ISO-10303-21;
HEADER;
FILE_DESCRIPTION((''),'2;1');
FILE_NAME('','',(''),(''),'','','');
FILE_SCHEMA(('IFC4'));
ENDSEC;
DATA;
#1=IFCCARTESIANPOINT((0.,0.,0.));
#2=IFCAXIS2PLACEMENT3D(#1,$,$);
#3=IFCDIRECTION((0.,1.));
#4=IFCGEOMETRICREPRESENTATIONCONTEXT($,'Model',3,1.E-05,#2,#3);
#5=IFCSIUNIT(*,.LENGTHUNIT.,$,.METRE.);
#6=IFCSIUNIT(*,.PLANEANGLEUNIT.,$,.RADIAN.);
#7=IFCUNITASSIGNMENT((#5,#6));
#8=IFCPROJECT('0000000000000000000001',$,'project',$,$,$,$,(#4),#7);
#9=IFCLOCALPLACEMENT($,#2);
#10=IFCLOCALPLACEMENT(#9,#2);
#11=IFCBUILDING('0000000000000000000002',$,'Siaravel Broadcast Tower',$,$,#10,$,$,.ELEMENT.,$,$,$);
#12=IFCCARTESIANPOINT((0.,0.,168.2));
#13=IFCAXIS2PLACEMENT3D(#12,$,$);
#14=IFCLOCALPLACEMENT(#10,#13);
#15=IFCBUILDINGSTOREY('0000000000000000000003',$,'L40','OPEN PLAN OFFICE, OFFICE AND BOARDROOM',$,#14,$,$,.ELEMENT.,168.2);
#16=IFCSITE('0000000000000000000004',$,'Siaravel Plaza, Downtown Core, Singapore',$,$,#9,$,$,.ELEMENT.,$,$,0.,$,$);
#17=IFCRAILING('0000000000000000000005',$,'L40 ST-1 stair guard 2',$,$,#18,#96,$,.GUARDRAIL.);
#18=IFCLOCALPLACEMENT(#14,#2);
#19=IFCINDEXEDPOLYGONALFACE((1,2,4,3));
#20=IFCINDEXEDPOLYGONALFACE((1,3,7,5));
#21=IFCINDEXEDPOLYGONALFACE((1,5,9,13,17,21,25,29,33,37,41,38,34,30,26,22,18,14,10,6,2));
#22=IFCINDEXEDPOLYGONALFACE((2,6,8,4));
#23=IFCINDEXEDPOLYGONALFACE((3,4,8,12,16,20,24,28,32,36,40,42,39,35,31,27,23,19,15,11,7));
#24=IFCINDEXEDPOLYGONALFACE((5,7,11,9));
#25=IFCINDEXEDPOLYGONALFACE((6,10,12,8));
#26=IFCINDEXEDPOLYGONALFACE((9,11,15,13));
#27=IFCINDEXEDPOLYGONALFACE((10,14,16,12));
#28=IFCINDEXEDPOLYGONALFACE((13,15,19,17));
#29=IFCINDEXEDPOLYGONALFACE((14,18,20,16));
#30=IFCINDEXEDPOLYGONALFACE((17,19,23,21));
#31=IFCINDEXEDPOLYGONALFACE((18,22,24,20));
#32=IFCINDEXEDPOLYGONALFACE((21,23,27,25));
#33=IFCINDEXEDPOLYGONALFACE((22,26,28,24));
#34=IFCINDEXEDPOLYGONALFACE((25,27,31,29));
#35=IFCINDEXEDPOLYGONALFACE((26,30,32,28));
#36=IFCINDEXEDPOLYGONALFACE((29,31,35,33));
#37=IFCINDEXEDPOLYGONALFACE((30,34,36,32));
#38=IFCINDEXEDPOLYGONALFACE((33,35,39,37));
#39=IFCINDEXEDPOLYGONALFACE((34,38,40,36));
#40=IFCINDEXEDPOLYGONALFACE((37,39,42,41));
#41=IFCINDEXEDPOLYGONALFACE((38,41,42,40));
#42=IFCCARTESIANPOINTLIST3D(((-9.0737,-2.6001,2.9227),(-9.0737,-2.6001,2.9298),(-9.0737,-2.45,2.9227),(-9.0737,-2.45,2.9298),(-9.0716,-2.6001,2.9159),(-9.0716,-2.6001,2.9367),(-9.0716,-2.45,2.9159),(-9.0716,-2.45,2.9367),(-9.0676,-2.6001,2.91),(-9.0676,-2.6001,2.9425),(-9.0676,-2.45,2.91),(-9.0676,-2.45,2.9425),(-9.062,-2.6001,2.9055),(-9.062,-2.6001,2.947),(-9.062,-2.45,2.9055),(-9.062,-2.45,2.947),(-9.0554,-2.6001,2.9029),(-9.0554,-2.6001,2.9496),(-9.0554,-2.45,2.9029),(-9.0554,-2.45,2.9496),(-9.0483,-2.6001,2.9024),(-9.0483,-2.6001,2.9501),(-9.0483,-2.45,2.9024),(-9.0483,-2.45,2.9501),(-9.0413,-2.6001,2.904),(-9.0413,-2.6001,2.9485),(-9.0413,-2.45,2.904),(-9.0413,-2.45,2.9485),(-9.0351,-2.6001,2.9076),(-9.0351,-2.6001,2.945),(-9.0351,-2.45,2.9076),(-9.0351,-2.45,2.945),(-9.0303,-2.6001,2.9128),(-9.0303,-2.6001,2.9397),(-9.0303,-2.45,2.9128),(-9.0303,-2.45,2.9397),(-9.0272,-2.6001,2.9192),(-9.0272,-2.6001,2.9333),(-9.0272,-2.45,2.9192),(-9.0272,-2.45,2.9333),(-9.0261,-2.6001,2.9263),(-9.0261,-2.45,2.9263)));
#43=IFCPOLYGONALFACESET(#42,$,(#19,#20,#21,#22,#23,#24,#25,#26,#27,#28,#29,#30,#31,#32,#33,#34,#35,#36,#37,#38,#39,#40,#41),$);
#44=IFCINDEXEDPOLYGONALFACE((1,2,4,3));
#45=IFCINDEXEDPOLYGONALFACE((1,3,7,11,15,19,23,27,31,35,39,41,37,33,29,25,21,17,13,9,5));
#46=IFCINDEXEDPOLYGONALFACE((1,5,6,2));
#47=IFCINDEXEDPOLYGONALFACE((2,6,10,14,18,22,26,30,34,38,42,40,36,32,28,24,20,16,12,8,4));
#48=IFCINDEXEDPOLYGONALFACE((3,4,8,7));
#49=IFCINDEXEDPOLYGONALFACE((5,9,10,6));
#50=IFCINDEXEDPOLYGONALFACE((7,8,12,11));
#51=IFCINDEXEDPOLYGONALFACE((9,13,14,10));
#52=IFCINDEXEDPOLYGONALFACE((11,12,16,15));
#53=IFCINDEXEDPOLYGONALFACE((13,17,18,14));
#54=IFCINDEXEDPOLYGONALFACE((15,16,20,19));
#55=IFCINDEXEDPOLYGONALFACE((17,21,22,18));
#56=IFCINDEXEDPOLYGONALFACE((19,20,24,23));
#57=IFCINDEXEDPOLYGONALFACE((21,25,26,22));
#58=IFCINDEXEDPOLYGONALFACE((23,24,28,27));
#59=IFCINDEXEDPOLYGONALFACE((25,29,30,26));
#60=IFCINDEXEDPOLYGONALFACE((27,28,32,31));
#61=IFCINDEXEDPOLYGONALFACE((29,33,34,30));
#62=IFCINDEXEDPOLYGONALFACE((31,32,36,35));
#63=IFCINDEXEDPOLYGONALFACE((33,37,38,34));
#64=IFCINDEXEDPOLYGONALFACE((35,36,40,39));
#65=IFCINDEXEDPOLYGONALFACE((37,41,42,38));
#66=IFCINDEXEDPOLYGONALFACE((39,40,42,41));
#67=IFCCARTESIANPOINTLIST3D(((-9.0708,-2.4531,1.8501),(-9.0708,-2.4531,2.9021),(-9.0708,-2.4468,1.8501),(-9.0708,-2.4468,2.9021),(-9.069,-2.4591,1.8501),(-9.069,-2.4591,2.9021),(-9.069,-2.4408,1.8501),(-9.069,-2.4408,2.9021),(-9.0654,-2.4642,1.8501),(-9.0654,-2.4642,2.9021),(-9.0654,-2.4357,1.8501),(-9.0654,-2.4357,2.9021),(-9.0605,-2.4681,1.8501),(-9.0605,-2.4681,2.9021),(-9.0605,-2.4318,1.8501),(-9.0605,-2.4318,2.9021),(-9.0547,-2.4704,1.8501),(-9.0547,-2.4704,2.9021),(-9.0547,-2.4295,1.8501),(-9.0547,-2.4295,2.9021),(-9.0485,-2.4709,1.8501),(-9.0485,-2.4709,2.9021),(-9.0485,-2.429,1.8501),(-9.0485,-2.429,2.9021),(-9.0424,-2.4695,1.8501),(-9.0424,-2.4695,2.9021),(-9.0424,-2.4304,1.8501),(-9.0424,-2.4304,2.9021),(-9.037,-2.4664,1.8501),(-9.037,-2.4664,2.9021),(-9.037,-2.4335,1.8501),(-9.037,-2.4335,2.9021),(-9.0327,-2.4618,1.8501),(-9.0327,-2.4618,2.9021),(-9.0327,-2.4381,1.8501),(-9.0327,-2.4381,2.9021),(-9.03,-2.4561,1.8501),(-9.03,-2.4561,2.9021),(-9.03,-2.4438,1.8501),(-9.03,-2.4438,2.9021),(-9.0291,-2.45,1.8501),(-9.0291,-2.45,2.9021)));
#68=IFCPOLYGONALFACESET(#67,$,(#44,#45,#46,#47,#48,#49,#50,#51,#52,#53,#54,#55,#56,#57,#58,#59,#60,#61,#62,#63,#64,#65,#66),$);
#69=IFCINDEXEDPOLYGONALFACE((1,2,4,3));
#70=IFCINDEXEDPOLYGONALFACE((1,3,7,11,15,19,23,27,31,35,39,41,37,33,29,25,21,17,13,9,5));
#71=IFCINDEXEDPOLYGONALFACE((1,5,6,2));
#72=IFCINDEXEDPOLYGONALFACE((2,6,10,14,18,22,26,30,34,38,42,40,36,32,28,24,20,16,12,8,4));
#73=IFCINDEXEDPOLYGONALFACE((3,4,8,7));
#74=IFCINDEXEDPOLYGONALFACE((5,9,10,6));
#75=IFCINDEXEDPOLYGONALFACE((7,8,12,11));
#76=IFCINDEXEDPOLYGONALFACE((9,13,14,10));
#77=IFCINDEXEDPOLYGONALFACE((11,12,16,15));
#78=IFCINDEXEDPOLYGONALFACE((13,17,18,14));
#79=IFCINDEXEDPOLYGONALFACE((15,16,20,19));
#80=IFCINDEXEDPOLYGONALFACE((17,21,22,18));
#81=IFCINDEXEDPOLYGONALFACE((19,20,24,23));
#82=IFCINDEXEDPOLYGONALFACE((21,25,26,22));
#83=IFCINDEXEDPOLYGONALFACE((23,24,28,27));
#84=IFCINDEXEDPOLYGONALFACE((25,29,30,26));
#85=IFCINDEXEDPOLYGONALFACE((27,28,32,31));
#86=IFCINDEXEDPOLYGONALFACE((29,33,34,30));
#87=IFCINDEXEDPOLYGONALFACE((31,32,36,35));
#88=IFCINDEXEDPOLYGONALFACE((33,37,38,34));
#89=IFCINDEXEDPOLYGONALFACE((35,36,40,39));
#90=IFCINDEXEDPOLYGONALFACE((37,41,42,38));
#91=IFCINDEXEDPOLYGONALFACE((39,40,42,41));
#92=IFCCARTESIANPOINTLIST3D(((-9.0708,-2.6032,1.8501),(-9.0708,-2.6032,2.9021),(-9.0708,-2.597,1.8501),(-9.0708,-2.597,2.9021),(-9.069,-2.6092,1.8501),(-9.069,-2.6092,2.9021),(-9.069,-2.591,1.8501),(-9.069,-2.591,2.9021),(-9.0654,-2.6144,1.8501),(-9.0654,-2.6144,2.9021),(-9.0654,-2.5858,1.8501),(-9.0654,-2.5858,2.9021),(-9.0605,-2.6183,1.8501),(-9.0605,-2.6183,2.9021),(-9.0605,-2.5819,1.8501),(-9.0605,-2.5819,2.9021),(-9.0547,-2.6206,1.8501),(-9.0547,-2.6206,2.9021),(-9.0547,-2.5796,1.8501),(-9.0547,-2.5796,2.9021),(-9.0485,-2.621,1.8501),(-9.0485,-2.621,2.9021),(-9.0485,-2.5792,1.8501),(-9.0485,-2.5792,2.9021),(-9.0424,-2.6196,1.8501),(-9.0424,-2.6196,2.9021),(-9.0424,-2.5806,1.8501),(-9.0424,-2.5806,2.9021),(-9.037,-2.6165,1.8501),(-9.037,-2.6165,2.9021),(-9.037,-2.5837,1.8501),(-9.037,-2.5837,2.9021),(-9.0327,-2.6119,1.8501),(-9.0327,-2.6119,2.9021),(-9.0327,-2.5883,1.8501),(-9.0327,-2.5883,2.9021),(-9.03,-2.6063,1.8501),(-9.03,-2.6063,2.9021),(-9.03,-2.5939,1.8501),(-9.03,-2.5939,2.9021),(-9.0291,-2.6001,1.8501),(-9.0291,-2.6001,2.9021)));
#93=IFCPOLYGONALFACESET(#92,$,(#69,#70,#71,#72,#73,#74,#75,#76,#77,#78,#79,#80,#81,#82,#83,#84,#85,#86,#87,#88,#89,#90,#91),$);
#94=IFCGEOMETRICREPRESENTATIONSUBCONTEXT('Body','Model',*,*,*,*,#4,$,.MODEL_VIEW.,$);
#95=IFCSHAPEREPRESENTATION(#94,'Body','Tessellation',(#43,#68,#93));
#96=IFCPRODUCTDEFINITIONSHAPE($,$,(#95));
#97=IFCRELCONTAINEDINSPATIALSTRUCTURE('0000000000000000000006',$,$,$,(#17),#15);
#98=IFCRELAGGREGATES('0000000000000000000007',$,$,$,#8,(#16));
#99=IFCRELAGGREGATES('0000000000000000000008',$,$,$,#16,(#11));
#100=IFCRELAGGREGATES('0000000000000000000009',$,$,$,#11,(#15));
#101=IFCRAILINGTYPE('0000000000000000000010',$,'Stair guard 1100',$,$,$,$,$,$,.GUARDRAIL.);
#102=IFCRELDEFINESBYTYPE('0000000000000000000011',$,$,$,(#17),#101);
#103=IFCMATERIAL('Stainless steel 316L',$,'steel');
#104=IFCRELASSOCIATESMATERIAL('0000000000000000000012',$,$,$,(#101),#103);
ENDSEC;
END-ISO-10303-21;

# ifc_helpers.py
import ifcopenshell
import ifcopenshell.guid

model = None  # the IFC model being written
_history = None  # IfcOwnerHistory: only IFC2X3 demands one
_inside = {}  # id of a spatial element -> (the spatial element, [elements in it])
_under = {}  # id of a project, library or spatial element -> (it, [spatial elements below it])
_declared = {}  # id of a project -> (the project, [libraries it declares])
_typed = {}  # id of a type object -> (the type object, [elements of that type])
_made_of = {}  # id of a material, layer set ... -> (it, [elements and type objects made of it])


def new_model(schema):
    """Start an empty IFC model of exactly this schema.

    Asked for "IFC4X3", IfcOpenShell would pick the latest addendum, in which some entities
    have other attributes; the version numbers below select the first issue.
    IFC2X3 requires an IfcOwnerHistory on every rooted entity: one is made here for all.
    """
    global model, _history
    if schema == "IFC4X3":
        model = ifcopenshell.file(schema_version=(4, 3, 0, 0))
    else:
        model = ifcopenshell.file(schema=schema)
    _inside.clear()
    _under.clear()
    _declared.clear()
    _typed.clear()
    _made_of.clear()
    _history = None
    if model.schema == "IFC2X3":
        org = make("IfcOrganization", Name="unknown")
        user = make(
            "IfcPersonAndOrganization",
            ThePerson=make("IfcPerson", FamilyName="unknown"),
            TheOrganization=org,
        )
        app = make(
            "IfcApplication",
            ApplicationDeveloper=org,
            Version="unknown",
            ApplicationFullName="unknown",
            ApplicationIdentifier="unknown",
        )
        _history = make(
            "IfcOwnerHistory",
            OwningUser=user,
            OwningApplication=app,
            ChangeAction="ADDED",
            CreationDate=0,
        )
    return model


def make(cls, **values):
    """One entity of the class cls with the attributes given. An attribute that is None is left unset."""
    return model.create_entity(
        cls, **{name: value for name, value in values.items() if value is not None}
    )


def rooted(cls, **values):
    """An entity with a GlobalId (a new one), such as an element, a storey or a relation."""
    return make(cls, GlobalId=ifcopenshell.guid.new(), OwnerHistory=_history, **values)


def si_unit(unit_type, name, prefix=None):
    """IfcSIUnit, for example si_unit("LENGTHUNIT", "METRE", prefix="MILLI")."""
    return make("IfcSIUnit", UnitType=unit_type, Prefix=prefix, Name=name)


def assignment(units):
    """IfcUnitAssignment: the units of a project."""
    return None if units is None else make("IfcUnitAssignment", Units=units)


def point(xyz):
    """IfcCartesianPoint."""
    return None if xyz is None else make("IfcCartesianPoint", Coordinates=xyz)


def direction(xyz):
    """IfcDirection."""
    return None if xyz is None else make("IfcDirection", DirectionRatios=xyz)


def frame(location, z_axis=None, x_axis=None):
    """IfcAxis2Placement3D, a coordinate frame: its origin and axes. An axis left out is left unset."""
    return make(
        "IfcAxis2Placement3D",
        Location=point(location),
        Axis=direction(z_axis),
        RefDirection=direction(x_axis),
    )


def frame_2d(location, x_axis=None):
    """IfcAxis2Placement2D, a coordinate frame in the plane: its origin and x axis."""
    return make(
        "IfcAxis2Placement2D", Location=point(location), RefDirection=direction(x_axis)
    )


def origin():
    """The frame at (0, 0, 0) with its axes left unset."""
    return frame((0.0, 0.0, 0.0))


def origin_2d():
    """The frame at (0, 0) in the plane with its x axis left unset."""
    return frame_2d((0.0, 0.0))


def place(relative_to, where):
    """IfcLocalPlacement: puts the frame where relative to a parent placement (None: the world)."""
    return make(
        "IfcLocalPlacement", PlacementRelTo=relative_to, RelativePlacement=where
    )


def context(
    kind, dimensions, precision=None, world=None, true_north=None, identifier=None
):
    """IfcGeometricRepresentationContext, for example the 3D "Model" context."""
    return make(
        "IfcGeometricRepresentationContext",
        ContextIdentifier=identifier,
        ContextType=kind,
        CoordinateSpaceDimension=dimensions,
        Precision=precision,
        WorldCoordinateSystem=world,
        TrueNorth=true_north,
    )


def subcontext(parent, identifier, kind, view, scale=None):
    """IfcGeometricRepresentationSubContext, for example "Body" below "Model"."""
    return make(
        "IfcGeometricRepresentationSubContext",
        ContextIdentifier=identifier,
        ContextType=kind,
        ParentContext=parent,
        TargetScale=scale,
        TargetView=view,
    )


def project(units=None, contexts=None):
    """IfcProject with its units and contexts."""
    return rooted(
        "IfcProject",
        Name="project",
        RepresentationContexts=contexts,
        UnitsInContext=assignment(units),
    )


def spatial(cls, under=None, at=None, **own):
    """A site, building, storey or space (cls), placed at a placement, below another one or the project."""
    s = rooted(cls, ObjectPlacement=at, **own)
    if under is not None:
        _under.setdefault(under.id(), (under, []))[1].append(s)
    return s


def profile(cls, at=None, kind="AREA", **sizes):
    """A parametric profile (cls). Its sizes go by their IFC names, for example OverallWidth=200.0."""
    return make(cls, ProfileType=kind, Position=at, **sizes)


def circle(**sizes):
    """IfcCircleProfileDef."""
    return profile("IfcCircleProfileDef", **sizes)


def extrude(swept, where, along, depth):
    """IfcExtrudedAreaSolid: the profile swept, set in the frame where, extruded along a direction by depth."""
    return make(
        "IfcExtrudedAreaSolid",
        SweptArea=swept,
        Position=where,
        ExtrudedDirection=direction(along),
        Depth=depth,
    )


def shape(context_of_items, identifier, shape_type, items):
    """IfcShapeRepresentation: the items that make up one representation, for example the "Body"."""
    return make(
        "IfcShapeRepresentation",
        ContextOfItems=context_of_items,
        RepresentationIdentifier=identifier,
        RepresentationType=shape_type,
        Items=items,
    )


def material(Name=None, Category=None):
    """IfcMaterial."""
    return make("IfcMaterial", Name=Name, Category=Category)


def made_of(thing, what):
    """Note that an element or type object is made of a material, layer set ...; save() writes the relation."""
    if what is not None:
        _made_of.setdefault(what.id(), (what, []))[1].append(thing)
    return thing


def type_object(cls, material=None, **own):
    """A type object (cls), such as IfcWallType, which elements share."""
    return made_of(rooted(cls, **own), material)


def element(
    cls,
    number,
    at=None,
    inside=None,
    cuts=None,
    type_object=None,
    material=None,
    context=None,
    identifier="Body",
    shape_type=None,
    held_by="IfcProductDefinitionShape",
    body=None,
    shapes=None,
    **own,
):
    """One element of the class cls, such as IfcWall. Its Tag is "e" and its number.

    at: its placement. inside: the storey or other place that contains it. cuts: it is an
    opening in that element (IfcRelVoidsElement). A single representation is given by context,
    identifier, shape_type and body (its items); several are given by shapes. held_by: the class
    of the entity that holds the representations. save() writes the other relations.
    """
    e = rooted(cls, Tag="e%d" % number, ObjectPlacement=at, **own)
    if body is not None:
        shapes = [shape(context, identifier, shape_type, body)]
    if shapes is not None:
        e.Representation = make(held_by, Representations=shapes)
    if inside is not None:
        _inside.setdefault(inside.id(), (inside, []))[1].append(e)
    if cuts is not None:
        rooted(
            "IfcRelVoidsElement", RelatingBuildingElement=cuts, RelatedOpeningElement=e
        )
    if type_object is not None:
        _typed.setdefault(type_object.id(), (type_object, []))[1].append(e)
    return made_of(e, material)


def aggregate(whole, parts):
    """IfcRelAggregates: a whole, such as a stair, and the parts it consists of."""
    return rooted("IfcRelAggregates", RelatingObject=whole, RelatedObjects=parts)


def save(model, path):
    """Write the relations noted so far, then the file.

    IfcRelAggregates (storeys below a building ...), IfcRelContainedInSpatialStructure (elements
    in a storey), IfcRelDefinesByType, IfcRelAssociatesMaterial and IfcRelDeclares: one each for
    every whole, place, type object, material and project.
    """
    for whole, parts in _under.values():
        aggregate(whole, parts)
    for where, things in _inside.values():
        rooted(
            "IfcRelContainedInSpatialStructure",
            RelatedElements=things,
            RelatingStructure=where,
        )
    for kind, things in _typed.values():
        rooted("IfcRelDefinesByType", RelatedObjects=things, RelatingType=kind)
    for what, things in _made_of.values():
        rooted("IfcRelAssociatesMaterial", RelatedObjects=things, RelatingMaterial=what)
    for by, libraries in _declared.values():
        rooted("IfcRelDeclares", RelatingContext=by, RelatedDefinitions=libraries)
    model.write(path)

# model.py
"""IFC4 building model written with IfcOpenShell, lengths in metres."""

from ifc_helpers import new_model, si_unit, direction, frame, origin, origin_2d, place, context, subcontext, project, spatial, circle, extrude, material, type_object, element, save


model = new_model("IFC4")

# Units and contexts
model_context = context("Model", 3, precision=1e-05, world=origin(), true_north=direction((0.0, 1.0)))
body_context = subcontext(model_context, "Body", "Model", "MODEL_VIEW")
ifc_project = project(units=[si_unit("LENGTHUNIT", "METRE"), si_unit("PLANEANGLEUNIT", "RADIAN")], contexts=[model_context])

# Site, building, storey
site_placement = place(None, origin())
site = spatial("IfcSite", under=ifc_project, at=site_placement, Name="Siaravel Plaza, Downtown Core, Singapore", CompositionType="ELEMENT", RefElevation=0.0)
building_placement = place(site_placement, origin())
building = spatial("IfcBuilding", under=site, at=building_placement, Name="Siaravel Broadcast Tower", CompositionType="ELEMENT")
storey_placement = place(building_placement, frame((0.0, 0.0, 168.2)))
storey = spatial("IfcBuildingStorey", under=building, at=storey_placement, Name="L40", Description="OPEN PLAN OFFICE, OFFICE AND BOARDROOM", CompositionType="ELEMENT", Elevation=168.2)

# Shared definitions
ifc_material_1 = material(Name="Stainless steel 316L", Category="steel")

# Railing
railing_type_1 = type_object("IfcRailingType", Name="Stair guard 1100", PredefinedType="GUARDRAIL", material=ifc_material_1)
railing_1_placement = place(storey_placement, frame((-9.05, -2.45, 1.8501)))
element("IfcRailing", 1, at=railing_1_placement, inside=storey, type_object=railing_type_1, Name="L40 ST-1 stair guard 2", PredefinedType="GUARDRAIL", context=body_context, shape_type="SweptSolid", body=[
    extrude(circle(Radius=0.0239, at=origin_2d()), frame((0.0, 0.0, 1.0762), z_axis=(0.0, -1.0, 0.0), x_axis=(1.0, 0.0, 0.0)), (0.0, 0.0, 1.0), 0.1501),
    extrude(circle(Radius=0.021, at=origin_2d()), origin(), (0.0, 0.0, 1.0), 1.052),
    extrude(circle(Radius=0.021, at=origin_2d()), frame((0.0, -0.1501, 0.0)), (0.0, 0.0, 1.0), 1.052),
])

save(model, "model.ifc")
